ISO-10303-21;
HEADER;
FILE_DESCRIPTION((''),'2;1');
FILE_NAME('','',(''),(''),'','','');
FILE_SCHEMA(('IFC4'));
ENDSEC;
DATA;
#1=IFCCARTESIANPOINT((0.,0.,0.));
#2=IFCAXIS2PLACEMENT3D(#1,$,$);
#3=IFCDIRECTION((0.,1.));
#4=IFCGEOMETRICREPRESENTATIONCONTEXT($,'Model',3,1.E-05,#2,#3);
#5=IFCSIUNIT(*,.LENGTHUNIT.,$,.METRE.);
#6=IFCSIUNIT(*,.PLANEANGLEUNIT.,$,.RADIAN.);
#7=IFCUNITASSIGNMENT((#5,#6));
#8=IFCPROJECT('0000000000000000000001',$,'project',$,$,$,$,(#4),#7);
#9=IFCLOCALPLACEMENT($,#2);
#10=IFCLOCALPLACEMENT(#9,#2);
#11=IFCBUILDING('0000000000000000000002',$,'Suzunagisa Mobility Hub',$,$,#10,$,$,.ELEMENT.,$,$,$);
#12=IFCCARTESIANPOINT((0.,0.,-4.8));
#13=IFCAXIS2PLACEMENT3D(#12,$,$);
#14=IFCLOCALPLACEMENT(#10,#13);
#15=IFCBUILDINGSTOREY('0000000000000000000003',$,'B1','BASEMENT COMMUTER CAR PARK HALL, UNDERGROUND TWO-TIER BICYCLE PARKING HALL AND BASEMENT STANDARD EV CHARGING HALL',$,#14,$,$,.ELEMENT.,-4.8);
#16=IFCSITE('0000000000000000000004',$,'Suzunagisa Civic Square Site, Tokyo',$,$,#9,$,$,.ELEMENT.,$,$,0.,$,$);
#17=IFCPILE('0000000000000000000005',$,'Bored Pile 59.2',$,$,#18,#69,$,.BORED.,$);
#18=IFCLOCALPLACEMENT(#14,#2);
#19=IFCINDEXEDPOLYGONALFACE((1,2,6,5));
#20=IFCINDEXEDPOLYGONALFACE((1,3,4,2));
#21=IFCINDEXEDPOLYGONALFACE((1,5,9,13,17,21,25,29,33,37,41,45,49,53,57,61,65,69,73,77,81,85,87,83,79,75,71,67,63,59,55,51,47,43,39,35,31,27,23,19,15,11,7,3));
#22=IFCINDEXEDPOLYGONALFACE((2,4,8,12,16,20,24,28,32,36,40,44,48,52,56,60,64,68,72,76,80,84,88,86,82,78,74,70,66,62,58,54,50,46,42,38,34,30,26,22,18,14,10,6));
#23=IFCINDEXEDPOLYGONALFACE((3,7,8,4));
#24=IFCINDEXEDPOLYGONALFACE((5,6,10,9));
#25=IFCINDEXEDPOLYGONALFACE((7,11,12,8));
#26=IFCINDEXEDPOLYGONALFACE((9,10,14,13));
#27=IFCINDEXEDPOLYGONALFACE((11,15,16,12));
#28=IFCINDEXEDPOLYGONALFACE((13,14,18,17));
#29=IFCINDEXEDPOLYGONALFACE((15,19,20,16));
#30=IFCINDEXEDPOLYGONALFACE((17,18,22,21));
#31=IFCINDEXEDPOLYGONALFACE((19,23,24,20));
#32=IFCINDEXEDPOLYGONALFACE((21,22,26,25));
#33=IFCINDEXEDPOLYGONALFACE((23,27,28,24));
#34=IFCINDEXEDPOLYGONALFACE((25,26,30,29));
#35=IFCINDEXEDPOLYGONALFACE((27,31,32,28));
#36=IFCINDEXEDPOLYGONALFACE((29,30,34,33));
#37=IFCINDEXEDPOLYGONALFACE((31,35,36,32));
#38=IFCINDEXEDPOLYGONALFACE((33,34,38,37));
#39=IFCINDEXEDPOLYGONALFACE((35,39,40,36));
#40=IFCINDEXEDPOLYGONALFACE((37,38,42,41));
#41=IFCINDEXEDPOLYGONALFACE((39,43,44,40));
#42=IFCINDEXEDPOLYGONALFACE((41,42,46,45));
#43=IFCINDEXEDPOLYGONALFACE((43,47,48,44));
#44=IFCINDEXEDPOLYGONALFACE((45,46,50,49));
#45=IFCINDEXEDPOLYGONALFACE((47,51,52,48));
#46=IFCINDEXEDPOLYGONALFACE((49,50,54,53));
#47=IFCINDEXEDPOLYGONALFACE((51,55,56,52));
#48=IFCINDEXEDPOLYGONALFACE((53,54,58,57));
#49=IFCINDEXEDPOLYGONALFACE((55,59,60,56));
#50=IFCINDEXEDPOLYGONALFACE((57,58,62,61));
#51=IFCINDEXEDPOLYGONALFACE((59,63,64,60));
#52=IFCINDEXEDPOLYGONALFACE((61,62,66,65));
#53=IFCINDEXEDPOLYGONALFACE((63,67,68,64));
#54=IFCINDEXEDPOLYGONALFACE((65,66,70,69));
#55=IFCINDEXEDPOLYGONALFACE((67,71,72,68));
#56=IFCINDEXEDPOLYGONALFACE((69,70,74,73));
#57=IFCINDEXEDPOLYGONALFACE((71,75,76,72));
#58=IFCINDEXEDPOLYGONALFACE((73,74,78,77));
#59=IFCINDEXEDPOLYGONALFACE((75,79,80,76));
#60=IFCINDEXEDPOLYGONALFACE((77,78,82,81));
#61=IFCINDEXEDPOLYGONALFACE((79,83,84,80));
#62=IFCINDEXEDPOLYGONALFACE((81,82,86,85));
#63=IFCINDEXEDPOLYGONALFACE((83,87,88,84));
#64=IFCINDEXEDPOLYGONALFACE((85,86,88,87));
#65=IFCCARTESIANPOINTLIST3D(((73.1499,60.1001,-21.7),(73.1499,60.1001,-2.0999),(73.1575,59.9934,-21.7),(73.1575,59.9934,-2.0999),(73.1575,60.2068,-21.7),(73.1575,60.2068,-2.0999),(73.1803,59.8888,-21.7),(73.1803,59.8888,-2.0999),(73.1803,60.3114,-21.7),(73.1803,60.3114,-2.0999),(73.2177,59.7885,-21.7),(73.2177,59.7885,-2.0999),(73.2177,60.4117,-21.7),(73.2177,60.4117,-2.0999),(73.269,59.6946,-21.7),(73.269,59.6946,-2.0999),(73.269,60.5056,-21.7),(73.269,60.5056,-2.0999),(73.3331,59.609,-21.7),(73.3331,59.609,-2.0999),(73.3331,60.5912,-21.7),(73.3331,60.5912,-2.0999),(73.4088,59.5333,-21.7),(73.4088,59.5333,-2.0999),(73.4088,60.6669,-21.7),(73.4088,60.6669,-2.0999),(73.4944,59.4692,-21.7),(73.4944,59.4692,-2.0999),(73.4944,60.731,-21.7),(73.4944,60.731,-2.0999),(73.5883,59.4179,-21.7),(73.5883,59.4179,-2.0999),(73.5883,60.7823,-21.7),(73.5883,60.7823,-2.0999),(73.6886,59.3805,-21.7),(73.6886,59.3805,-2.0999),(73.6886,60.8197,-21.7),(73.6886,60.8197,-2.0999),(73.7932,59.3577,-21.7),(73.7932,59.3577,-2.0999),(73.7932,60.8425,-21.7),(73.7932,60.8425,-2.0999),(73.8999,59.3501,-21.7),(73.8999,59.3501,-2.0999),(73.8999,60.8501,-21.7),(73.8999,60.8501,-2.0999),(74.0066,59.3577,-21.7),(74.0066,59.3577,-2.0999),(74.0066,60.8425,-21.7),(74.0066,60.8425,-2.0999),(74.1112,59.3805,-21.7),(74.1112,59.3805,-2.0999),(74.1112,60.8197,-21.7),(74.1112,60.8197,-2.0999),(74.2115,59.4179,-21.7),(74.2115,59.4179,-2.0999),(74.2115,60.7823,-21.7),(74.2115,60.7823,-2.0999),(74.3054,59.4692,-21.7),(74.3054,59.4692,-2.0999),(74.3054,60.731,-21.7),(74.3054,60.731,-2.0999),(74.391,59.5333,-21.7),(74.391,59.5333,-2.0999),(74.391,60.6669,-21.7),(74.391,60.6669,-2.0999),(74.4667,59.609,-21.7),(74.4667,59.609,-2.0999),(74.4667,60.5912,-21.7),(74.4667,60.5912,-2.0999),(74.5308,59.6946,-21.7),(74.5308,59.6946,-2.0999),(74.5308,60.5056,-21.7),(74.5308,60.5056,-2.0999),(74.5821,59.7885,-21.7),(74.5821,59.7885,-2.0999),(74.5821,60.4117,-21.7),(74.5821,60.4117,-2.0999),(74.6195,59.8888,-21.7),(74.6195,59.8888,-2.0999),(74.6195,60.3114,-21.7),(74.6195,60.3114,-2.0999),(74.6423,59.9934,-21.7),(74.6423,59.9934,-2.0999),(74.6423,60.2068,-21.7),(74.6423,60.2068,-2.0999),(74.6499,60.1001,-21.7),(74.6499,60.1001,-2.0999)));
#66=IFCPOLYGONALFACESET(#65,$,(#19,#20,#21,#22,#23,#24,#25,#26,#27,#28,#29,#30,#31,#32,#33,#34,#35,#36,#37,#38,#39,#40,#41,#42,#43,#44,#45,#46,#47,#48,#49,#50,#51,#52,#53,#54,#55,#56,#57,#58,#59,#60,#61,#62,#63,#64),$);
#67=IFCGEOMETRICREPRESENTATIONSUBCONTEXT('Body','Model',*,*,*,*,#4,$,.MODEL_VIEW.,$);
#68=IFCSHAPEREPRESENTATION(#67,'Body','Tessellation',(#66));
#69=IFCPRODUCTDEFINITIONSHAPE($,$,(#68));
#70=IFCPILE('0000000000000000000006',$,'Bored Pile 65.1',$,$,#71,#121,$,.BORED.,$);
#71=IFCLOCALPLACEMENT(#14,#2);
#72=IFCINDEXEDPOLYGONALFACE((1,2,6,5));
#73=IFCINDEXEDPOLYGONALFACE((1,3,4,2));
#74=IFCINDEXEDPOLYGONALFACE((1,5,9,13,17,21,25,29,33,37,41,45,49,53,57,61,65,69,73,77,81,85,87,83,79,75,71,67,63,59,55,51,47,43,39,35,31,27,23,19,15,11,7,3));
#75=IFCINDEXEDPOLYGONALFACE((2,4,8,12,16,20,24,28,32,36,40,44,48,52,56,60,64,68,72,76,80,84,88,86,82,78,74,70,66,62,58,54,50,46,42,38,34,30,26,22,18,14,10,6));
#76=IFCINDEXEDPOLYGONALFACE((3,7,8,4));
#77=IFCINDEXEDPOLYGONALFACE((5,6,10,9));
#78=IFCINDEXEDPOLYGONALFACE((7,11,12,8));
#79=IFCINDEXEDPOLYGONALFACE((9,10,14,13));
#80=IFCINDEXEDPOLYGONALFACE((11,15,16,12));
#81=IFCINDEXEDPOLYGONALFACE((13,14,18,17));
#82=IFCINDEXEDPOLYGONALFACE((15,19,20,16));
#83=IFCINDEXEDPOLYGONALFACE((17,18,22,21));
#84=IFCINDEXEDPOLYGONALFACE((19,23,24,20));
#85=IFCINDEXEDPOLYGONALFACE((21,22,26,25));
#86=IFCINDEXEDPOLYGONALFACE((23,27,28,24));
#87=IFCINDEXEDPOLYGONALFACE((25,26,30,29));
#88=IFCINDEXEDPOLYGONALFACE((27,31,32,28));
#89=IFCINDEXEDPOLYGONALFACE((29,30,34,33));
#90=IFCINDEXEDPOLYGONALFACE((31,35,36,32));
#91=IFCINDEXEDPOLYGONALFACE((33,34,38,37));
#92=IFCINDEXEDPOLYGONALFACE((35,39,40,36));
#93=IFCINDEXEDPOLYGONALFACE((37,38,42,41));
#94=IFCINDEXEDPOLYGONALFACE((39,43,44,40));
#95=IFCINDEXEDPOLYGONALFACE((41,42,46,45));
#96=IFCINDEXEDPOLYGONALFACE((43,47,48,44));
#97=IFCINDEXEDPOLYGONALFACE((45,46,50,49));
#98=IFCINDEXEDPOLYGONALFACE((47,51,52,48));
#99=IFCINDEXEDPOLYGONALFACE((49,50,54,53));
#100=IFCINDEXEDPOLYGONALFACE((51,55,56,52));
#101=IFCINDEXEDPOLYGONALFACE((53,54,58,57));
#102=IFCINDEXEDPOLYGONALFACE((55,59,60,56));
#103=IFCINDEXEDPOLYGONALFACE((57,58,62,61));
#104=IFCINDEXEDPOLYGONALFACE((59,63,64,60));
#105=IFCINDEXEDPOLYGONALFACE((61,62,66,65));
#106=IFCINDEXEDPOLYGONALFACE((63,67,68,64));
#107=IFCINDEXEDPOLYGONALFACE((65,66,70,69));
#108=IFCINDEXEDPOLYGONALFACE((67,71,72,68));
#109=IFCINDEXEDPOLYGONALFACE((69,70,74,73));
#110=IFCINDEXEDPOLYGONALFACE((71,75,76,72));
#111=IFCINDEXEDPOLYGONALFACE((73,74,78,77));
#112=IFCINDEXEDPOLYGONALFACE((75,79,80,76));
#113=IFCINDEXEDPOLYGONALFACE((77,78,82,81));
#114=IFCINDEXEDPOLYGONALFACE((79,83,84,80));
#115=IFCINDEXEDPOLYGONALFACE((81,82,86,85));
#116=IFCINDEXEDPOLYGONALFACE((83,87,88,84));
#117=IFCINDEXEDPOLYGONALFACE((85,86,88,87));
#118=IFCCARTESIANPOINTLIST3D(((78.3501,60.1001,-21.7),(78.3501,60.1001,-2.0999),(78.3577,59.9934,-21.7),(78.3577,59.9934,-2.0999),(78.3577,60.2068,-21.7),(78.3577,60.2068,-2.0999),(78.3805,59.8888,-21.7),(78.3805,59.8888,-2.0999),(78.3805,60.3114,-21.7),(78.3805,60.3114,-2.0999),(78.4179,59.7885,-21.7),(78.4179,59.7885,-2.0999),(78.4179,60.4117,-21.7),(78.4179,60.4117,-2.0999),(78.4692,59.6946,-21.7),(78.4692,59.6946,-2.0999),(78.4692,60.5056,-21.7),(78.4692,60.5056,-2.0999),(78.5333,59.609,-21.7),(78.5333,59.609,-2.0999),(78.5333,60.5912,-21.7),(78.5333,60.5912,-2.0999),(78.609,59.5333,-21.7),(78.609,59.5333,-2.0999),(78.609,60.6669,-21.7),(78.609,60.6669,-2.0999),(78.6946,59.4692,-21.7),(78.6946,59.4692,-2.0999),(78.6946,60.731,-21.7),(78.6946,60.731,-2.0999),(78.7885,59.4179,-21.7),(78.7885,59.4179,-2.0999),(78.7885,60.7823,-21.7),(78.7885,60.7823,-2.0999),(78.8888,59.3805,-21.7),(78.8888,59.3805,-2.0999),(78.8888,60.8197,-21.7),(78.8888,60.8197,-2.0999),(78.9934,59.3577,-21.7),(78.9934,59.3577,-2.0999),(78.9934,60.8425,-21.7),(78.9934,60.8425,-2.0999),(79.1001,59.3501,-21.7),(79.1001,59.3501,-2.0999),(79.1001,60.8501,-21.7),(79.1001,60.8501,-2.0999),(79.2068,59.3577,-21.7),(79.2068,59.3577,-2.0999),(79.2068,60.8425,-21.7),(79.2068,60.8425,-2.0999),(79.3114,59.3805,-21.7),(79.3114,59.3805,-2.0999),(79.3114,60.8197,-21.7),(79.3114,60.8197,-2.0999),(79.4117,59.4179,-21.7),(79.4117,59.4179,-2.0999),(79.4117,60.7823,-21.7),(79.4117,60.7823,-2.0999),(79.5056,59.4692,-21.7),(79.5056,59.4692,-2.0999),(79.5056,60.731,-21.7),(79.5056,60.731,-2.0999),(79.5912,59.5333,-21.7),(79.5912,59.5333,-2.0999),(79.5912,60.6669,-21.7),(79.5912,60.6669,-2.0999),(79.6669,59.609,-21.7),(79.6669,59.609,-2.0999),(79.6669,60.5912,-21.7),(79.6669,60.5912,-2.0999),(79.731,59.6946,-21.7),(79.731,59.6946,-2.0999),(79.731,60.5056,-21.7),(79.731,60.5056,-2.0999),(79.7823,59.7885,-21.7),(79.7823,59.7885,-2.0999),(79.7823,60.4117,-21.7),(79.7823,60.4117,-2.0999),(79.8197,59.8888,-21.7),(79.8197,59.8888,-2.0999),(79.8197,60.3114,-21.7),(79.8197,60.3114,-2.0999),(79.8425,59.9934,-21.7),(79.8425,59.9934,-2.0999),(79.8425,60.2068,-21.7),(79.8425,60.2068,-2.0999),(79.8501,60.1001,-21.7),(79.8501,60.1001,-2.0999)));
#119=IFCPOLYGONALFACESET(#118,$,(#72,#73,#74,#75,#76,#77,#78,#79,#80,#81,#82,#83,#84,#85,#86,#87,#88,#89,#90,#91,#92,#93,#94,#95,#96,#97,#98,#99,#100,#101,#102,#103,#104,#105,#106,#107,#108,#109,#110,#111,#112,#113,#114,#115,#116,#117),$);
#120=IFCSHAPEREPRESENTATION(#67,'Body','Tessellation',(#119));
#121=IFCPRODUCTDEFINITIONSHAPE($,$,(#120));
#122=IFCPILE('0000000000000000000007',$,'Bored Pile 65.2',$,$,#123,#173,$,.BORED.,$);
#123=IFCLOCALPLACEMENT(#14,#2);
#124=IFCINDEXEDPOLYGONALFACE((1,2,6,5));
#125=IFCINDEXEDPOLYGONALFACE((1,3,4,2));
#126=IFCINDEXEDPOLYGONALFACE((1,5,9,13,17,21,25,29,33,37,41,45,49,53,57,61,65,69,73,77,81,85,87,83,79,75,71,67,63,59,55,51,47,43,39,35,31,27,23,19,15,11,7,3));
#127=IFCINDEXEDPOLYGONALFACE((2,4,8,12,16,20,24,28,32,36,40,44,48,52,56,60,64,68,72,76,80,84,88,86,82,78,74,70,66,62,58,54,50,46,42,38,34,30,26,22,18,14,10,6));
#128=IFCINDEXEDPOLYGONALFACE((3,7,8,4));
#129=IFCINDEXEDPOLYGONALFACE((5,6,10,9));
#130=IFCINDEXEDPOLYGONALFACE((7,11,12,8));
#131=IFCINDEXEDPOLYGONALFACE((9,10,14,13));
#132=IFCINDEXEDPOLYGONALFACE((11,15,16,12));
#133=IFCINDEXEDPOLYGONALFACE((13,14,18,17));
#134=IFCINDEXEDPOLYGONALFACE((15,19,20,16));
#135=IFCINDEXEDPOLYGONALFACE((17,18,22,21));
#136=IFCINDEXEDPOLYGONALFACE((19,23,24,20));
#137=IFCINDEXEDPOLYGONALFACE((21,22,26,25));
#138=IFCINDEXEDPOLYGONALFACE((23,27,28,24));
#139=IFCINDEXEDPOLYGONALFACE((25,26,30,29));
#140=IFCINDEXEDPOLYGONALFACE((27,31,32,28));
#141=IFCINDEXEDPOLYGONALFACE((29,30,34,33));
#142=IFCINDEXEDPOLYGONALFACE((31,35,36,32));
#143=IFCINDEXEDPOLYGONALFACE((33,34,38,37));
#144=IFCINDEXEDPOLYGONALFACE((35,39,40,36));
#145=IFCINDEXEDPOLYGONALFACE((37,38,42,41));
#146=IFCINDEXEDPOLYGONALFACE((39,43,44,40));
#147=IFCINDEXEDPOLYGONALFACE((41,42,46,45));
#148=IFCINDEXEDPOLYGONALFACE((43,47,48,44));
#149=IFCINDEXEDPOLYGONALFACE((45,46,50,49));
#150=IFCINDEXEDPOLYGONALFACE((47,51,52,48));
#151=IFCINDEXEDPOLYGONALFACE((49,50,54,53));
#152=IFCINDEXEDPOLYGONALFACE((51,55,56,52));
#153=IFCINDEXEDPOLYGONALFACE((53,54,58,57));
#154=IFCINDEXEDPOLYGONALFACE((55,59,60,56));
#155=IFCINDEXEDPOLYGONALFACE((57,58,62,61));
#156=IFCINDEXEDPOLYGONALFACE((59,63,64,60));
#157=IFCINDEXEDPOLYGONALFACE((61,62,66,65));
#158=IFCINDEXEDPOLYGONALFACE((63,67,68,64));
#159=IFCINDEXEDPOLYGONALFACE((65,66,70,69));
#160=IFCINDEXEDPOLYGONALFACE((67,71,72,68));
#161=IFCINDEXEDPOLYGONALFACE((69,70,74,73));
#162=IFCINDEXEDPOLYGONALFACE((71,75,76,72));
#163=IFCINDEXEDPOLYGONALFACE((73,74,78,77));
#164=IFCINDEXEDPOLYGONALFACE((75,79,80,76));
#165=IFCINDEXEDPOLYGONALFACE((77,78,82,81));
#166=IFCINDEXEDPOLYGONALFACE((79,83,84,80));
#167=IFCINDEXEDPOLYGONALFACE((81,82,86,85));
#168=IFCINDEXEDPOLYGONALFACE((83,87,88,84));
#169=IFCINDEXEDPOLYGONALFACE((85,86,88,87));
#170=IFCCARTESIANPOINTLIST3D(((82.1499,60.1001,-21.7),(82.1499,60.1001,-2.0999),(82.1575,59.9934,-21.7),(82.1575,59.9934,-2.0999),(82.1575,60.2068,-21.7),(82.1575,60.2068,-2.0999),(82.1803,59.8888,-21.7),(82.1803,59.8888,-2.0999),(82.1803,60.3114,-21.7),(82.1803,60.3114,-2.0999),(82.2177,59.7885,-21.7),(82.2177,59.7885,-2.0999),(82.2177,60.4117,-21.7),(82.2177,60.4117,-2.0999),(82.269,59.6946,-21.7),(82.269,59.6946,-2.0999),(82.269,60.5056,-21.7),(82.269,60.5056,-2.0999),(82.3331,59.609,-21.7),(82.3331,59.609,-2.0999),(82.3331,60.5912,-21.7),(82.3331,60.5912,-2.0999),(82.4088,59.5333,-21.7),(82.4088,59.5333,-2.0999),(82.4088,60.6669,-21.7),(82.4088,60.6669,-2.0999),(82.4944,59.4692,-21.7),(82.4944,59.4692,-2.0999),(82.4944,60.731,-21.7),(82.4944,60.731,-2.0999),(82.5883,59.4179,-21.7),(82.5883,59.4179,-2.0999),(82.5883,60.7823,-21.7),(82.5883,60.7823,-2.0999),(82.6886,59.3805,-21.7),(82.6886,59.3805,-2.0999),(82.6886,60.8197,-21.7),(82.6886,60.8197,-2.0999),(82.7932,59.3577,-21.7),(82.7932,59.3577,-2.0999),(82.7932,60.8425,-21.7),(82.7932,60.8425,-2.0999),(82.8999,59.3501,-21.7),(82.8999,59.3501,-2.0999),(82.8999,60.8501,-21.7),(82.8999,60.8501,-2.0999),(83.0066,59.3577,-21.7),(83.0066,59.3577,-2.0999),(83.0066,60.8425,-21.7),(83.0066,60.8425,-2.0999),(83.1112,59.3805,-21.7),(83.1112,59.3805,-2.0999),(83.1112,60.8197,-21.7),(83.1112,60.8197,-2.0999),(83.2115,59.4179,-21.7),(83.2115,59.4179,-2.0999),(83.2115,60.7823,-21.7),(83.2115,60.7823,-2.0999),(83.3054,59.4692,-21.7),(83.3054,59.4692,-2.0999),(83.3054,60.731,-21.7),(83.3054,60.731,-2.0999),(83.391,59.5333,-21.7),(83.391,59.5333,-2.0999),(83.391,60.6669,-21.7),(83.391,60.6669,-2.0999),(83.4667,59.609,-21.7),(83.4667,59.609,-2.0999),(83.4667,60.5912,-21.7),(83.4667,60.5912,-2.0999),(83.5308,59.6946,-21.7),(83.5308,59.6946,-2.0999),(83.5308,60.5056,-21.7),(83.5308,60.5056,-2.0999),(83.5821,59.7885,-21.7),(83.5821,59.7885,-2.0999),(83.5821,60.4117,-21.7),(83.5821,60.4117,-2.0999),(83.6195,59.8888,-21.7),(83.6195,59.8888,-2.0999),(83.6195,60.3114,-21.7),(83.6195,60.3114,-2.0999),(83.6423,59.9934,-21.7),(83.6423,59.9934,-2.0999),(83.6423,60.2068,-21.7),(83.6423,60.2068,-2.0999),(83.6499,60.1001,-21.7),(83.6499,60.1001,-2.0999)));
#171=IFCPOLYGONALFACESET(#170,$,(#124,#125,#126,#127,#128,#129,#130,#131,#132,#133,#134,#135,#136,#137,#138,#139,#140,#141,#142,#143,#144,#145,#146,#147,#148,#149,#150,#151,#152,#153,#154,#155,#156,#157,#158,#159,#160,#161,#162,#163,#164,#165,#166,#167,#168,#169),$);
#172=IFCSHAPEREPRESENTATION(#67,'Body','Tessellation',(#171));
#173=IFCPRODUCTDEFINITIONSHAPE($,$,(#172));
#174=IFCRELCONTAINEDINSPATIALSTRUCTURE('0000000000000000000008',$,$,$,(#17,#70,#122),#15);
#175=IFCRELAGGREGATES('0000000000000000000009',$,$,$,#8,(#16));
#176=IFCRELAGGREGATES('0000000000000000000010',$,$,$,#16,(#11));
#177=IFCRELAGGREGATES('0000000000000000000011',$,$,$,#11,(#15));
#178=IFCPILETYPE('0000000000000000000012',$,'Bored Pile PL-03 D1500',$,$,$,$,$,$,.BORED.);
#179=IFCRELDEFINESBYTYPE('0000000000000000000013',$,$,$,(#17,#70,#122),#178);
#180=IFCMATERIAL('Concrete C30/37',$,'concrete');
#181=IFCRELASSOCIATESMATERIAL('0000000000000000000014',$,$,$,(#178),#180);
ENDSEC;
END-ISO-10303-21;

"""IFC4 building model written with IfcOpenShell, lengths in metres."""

from ifc_helpers import new_model, si_unit, direction, frame, origin, origin_2d, place, context, subcontext, project, spatial, circle, extrude, material, material_profile, profile_set, type_object, element, save


model = new_model("IFC4")

# Units and contexts
model_context = context("Model", 3, precision=1e-05, world=origin(), true_north=direction((0.0, 1.0)))
body_context = subcontext(model_context, "Body", "Model", "MODEL_VIEW")
ifc_project = project(units=[si_unit("LENGTHUNIT", "METRE"), si_unit("PLANEANGLEUNIT", "RADIAN")], contexts=[model_context])

# Site, building, storey
site_placement = place(None, origin())
site = spatial("IfcSite", under=ifc_project, at=site_placement, Name="Suzunagisa Civic Square Site, Tokyo", CompositionType="ELEMENT", RefElevation=0.0)
building_placement = place(site_placement, origin())
building = spatial("IfcBuilding", under=site, at=building_placement, Name="Suzunagisa Mobility Hub", CompositionType="ELEMENT")
storey_placement = place(building_placement, frame((0.0, 0.0, -4.8)))
storey = spatial("IfcBuildingStorey", under=building, at=storey_placement, Name="B1", Description="BASEMENT COMMUTER CAR PARK HALL, UNDERGROUND TWO-TIER BICYCLE PARKING HALL AND BASEMENT STANDARD EV CHARGING HALL", CompositionType="ELEMENT", Elevation=-4.8)

# Piles
ifc_material_1 = material(Name="Concrete C30/37", Category="concrete")
ifc_material_profile_1 = material_profile(ifc_material_1, circle(Radius=0.75, at=origin_2d()), Name="BORED PILE D1500")
ifc_profile_set_1 = profile_set([ifc_material_profile_1], Name="Concrete C30/37")
pile_type = type_object("IfcPileType", Name="Bored Pile PL-03 D1500", PredefinedType="BORED", material=ifc_profile_set_1)
for number, where, z_axis, x_axis, name in (
    (1, (73.8999, 60.1001, -2.0999), (0.0, 0.0, -1.0), (1.0, 0.0, 0.0), "Bored Pile 59.2"),
    (2, (79.1001, 60.1001, -2.0999), (0.0, 0.0, -1.0), (1.0, 0.0, 0.0), "Bored Pile 65.1"),
    (3, (82.8999, 60.1001, -2.0999), (0.0, 0.0, -1.0), (1.0, 0.0, 0.0), "Bored Pile 65.2"),
):
    element("IfcPile", number, at=place(storey_placement, frame(where, z_axis=z_axis, x_axis=x_axis)), inside=storey, type_object=pile_type, Name=name, PredefinedType="BORED", context=body_context, shape_type="SweptSolid", body=[
        extrude(circle(Radius=0.75, at=origin_2d()), origin(), (0.0, 0.0, 1.0), 19.6001),
    ])

save(model, "model.ifc")
